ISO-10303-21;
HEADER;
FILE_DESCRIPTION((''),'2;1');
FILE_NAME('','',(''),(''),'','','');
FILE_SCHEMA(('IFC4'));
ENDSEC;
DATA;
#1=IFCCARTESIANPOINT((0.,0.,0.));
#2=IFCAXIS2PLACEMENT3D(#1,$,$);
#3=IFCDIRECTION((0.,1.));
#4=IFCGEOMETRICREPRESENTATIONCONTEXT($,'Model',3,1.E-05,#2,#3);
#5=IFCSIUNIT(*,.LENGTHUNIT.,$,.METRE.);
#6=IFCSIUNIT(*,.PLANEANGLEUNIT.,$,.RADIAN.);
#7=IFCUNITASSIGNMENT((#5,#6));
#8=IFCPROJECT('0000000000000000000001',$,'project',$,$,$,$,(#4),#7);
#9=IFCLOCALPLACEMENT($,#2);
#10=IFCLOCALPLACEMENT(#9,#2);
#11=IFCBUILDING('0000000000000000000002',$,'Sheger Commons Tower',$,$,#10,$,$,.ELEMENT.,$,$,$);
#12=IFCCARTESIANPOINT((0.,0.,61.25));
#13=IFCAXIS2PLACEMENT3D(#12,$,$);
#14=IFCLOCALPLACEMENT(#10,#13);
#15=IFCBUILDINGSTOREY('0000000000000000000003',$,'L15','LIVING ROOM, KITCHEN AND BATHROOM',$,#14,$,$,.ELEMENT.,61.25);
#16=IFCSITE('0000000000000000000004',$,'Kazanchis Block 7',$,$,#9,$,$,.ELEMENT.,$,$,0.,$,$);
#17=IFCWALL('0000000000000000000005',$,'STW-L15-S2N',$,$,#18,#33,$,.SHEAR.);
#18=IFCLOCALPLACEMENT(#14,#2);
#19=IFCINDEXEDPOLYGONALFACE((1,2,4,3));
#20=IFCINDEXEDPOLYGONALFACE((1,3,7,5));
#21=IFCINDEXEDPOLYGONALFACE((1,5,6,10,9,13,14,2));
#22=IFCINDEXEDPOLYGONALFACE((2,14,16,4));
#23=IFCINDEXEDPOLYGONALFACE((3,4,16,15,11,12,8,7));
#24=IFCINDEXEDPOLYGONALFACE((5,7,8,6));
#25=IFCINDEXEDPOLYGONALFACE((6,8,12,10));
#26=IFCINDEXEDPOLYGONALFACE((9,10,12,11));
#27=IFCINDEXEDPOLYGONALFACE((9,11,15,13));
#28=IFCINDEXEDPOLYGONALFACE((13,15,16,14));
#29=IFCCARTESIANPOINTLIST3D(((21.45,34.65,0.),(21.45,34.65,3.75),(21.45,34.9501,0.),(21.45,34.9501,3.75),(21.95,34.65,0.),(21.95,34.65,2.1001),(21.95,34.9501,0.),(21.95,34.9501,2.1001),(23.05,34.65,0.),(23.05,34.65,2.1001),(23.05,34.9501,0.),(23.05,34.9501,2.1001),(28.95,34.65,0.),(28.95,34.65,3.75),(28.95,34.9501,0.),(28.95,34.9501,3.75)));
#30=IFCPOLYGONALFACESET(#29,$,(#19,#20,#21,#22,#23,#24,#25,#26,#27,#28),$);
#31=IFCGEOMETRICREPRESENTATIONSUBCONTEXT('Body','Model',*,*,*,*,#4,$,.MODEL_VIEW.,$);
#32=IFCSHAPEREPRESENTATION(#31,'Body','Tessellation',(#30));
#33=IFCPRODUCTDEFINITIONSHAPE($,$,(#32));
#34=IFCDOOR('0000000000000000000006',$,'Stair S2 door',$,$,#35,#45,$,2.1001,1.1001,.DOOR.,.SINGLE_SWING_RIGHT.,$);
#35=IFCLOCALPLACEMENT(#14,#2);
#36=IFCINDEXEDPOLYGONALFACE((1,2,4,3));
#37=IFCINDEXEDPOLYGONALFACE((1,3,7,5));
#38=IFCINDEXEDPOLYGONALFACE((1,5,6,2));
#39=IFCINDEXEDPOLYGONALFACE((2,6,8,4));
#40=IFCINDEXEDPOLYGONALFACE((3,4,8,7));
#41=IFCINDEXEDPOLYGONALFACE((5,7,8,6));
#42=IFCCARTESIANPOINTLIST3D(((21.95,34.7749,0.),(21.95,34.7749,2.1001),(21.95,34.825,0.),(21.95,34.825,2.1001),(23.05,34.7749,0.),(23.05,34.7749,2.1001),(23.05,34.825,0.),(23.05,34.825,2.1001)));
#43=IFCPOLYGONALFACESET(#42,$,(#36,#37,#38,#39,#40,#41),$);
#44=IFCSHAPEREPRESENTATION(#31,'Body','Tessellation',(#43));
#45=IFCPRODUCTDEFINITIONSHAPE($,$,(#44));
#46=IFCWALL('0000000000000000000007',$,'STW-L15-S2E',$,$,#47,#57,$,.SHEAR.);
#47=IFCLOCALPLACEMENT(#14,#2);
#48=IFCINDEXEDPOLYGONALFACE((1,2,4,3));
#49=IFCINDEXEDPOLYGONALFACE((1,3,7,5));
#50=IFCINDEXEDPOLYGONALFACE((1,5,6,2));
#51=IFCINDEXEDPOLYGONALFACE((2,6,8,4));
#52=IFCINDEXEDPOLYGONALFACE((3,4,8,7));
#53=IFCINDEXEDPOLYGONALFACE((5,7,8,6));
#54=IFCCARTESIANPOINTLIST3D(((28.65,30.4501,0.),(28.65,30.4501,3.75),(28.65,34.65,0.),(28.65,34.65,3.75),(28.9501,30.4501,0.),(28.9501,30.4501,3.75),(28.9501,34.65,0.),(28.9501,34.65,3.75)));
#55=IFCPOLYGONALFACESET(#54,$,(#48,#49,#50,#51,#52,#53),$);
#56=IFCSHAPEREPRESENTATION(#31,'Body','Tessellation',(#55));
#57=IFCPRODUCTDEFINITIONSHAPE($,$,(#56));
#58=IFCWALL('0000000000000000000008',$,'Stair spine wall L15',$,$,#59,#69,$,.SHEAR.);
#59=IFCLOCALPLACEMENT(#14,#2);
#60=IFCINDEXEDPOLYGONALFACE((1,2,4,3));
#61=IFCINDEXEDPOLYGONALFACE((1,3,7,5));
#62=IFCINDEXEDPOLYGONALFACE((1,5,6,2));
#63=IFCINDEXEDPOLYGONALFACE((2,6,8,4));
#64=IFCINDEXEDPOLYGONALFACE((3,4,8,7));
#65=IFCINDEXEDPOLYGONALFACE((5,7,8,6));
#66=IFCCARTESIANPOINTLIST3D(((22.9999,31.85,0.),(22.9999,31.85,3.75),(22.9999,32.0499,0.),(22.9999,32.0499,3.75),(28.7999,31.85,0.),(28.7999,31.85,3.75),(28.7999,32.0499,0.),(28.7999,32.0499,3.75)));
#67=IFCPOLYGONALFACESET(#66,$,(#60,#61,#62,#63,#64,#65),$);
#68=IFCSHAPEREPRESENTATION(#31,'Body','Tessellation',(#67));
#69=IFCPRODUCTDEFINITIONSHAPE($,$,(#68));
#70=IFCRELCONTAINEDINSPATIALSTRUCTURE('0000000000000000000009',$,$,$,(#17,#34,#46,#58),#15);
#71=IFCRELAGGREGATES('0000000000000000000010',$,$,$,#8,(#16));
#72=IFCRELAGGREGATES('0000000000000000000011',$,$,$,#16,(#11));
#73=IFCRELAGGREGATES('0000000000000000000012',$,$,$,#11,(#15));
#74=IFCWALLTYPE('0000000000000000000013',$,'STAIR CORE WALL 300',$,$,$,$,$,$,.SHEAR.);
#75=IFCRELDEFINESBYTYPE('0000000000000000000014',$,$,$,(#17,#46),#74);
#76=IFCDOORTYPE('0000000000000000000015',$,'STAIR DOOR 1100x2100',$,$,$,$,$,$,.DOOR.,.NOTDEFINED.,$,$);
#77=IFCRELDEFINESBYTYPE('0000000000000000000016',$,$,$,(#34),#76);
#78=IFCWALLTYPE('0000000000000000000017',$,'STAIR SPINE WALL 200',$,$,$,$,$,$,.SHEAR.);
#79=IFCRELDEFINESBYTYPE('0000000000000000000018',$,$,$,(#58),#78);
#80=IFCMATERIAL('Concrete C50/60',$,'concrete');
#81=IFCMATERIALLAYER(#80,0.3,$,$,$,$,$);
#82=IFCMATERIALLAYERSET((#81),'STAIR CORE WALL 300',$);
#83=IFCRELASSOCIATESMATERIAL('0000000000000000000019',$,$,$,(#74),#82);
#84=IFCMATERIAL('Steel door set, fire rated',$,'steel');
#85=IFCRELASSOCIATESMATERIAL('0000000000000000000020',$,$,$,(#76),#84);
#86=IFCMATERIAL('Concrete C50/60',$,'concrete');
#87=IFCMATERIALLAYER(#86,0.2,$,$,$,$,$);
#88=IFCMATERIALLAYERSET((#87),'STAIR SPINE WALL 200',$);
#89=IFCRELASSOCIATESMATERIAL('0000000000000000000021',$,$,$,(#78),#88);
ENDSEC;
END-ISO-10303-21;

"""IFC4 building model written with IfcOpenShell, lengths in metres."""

from ifc_helpers import new_model, si_unit, direction, frame, frame_2d, origin, place, context, subcontext, project, spatial, rectangle, extrude, material, layer, layer_set, type_object, element, fill, save


model = new_model("IFC4")

# Units and contexts
model_context = context("Model", 3, precision=1e-05, world=origin(), true_north=direction((0.0, 1.0)))
body_context = subcontext(model_context, "Body", "Model", "MODEL_VIEW")
ifc_project = project(units=[si_unit("LENGTHUNIT", "METRE"), si_unit("PLANEANGLEUNIT", "RADIAN")], contexts=[model_context])

# Site, building, storey
site_placement = place(None, origin())
site = spatial("IfcSite", under=ifc_project, at=site_placement, Name="Kazanchis Block 7", CompositionType="ELEMENT", RefElevation=0.0)
building_placement = place(site_placement, origin())
building = spatial("IfcBuilding", under=site, at=building_placement, Name="Sheger Commons Tower", CompositionType="ELEMENT")
storey_placement = place(building_placement, frame((0.0, 0.0, 61.25)))
storey = spatial("IfcBuildingStorey", under=building, at=storey_placement, Name="L15", Description="LIVING ROOM, KITCHEN AND BATHROOM", CompositionType="ELEMENT", Elevation=61.25)

# Wall, opening, door
ifc_material_1 = material(Name="Concrete C50/60", Category="concrete")
ifc_layer_1 = layer(ifc_material_1, 0.3)
ifc_layer_set_1 = layer_set([ifc_layer_1], Name="STAIR CORE WALL 300")
wall_type_1 = type_object("IfcWallType", Name="STAIR CORE WALL 300", PredefinedType="SHEAR", material=ifc_layer_set_1)
wall_1_placement = place(storey_placement, frame((21.45, 34.8, 0.0), z_axis=(0.0, 0.0, 1.0), x_axis=(1.0, 0.0, 0.0)))
wall_1 = element("IfcWall", 1, at=wall_1_placement, inside=storey, type_object=wall_type_1, Name="STW-L15-S2N", PredefinedType="SHEAR", context=body_context, shape_type="SweptSolid", body=[
    extrude(rectangle(XDim=7.5, YDim=0.3, at=frame_2d((3.75, 0.0))), origin(), (0.0, 0.0, 1.0), 3.75),
])
opening_1_placement = place(wall_1_placement, frame((0.5, 0.0, 0.0)))
opening_1 = element("IfcOpeningElement", 2, at=opening_1_placement, cuts=wall_1, PredefinedType="OPENING", context=body_context, shape_type="SweptSolid", body=[
    extrude(rectangle(XDim=1.1001, YDim=2.1001, at=frame_2d((0.55, 1.05))), frame((0.0, 0.1599, 0.0), z_axis=(0.0, -1.0, 0.0), x_axis=(1.0, 0.0, 0.0)), (0.0, 0.0, 1.0), 0.3201),
])
ifc_material_2 = material(Name="Steel door set, fire rated", Category="steel")
door_type_1 = type_object("IfcDoorType", Name="STAIR DOOR 1100x2100", OperationType="NOTDEFINED", PredefinedType="DOOR", material=ifc_material_2)
door_1_placement = place(opening_1_placement, origin())
door_1 = element("IfcDoor", 3, at=door_1_placement, inside=storey, type_object=door_type_1, Name="Stair S2 door", OperationType="SINGLE_SWING_RIGHT", OverallHeight=2.1001, OverallWidth=1.1001, PredefinedType="DOOR", context=body_context, shape_type="SweptSolid", body=[
    extrude(rectangle(XDim=1.1001, YDim=2.1001, at=frame_2d((0.55, 1.05))), frame((0.0, 0.0249, 0.0), z_axis=(0.0, -1.0, 0.0), x_axis=(1.0, 0.0, 0.0)), (0.0, 0.0, 1.0), 0.05),
])
fill(opening_1, door_1)

# Walls
wall_2_placement = place(storey_placement, frame((28.8, 30.45, 0.0), z_axis=(0.0, 0.0, 1.0), x_axis=(0.0, 1.0, 0.0)))
element("IfcWall", 4, at=wall_2_placement, inside=storey, type_object=wall_type_1, Name="STW-L15-S2E", PredefinedType="SHEAR", context=body_context, shape_type="SweptSolid", body=[
    extrude(rectangle(XDim=4.2, YDim=0.3, at=frame_2d((2.1001, 0.0))), origin(), (0.0, 0.0, 1.0), 3.75),
])
ifc_material_3 = material(Name="Concrete C50/60", Category="concrete")
ifc_layer_2 = layer(ifc_material_3, 0.2)
ifc_layer_set_2 = layer_set([ifc_layer_2], Name="STAIR SPINE WALL 200")
wall_type_2 = type_object("IfcWallType", Name="STAIR SPINE WALL 200", PredefinedType="SHEAR", material=ifc_layer_set_2)
wall_3_placement = place(storey_placement, frame((23.0, 31.95, 0.0), z_axis=(0.0, 0.0, 1.0), x_axis=(1.0, 0.0, 0.0)))
element("IfcWall", 5, at=wall_3_placement, inside=storey, type_object=wall_type_2, Name="Stair spine wall L15", PredefinedType="SHEAR", context=body_context, shape_type="SweptSolid", body=[
    extrude(rectangle(XDim=5.8, YDim=0.2, at=frame_2d((2.8999, 0.0))), origin(), (0.0, 0.0, 1.0), 3.75),
])

save(model, "model.ifc")
